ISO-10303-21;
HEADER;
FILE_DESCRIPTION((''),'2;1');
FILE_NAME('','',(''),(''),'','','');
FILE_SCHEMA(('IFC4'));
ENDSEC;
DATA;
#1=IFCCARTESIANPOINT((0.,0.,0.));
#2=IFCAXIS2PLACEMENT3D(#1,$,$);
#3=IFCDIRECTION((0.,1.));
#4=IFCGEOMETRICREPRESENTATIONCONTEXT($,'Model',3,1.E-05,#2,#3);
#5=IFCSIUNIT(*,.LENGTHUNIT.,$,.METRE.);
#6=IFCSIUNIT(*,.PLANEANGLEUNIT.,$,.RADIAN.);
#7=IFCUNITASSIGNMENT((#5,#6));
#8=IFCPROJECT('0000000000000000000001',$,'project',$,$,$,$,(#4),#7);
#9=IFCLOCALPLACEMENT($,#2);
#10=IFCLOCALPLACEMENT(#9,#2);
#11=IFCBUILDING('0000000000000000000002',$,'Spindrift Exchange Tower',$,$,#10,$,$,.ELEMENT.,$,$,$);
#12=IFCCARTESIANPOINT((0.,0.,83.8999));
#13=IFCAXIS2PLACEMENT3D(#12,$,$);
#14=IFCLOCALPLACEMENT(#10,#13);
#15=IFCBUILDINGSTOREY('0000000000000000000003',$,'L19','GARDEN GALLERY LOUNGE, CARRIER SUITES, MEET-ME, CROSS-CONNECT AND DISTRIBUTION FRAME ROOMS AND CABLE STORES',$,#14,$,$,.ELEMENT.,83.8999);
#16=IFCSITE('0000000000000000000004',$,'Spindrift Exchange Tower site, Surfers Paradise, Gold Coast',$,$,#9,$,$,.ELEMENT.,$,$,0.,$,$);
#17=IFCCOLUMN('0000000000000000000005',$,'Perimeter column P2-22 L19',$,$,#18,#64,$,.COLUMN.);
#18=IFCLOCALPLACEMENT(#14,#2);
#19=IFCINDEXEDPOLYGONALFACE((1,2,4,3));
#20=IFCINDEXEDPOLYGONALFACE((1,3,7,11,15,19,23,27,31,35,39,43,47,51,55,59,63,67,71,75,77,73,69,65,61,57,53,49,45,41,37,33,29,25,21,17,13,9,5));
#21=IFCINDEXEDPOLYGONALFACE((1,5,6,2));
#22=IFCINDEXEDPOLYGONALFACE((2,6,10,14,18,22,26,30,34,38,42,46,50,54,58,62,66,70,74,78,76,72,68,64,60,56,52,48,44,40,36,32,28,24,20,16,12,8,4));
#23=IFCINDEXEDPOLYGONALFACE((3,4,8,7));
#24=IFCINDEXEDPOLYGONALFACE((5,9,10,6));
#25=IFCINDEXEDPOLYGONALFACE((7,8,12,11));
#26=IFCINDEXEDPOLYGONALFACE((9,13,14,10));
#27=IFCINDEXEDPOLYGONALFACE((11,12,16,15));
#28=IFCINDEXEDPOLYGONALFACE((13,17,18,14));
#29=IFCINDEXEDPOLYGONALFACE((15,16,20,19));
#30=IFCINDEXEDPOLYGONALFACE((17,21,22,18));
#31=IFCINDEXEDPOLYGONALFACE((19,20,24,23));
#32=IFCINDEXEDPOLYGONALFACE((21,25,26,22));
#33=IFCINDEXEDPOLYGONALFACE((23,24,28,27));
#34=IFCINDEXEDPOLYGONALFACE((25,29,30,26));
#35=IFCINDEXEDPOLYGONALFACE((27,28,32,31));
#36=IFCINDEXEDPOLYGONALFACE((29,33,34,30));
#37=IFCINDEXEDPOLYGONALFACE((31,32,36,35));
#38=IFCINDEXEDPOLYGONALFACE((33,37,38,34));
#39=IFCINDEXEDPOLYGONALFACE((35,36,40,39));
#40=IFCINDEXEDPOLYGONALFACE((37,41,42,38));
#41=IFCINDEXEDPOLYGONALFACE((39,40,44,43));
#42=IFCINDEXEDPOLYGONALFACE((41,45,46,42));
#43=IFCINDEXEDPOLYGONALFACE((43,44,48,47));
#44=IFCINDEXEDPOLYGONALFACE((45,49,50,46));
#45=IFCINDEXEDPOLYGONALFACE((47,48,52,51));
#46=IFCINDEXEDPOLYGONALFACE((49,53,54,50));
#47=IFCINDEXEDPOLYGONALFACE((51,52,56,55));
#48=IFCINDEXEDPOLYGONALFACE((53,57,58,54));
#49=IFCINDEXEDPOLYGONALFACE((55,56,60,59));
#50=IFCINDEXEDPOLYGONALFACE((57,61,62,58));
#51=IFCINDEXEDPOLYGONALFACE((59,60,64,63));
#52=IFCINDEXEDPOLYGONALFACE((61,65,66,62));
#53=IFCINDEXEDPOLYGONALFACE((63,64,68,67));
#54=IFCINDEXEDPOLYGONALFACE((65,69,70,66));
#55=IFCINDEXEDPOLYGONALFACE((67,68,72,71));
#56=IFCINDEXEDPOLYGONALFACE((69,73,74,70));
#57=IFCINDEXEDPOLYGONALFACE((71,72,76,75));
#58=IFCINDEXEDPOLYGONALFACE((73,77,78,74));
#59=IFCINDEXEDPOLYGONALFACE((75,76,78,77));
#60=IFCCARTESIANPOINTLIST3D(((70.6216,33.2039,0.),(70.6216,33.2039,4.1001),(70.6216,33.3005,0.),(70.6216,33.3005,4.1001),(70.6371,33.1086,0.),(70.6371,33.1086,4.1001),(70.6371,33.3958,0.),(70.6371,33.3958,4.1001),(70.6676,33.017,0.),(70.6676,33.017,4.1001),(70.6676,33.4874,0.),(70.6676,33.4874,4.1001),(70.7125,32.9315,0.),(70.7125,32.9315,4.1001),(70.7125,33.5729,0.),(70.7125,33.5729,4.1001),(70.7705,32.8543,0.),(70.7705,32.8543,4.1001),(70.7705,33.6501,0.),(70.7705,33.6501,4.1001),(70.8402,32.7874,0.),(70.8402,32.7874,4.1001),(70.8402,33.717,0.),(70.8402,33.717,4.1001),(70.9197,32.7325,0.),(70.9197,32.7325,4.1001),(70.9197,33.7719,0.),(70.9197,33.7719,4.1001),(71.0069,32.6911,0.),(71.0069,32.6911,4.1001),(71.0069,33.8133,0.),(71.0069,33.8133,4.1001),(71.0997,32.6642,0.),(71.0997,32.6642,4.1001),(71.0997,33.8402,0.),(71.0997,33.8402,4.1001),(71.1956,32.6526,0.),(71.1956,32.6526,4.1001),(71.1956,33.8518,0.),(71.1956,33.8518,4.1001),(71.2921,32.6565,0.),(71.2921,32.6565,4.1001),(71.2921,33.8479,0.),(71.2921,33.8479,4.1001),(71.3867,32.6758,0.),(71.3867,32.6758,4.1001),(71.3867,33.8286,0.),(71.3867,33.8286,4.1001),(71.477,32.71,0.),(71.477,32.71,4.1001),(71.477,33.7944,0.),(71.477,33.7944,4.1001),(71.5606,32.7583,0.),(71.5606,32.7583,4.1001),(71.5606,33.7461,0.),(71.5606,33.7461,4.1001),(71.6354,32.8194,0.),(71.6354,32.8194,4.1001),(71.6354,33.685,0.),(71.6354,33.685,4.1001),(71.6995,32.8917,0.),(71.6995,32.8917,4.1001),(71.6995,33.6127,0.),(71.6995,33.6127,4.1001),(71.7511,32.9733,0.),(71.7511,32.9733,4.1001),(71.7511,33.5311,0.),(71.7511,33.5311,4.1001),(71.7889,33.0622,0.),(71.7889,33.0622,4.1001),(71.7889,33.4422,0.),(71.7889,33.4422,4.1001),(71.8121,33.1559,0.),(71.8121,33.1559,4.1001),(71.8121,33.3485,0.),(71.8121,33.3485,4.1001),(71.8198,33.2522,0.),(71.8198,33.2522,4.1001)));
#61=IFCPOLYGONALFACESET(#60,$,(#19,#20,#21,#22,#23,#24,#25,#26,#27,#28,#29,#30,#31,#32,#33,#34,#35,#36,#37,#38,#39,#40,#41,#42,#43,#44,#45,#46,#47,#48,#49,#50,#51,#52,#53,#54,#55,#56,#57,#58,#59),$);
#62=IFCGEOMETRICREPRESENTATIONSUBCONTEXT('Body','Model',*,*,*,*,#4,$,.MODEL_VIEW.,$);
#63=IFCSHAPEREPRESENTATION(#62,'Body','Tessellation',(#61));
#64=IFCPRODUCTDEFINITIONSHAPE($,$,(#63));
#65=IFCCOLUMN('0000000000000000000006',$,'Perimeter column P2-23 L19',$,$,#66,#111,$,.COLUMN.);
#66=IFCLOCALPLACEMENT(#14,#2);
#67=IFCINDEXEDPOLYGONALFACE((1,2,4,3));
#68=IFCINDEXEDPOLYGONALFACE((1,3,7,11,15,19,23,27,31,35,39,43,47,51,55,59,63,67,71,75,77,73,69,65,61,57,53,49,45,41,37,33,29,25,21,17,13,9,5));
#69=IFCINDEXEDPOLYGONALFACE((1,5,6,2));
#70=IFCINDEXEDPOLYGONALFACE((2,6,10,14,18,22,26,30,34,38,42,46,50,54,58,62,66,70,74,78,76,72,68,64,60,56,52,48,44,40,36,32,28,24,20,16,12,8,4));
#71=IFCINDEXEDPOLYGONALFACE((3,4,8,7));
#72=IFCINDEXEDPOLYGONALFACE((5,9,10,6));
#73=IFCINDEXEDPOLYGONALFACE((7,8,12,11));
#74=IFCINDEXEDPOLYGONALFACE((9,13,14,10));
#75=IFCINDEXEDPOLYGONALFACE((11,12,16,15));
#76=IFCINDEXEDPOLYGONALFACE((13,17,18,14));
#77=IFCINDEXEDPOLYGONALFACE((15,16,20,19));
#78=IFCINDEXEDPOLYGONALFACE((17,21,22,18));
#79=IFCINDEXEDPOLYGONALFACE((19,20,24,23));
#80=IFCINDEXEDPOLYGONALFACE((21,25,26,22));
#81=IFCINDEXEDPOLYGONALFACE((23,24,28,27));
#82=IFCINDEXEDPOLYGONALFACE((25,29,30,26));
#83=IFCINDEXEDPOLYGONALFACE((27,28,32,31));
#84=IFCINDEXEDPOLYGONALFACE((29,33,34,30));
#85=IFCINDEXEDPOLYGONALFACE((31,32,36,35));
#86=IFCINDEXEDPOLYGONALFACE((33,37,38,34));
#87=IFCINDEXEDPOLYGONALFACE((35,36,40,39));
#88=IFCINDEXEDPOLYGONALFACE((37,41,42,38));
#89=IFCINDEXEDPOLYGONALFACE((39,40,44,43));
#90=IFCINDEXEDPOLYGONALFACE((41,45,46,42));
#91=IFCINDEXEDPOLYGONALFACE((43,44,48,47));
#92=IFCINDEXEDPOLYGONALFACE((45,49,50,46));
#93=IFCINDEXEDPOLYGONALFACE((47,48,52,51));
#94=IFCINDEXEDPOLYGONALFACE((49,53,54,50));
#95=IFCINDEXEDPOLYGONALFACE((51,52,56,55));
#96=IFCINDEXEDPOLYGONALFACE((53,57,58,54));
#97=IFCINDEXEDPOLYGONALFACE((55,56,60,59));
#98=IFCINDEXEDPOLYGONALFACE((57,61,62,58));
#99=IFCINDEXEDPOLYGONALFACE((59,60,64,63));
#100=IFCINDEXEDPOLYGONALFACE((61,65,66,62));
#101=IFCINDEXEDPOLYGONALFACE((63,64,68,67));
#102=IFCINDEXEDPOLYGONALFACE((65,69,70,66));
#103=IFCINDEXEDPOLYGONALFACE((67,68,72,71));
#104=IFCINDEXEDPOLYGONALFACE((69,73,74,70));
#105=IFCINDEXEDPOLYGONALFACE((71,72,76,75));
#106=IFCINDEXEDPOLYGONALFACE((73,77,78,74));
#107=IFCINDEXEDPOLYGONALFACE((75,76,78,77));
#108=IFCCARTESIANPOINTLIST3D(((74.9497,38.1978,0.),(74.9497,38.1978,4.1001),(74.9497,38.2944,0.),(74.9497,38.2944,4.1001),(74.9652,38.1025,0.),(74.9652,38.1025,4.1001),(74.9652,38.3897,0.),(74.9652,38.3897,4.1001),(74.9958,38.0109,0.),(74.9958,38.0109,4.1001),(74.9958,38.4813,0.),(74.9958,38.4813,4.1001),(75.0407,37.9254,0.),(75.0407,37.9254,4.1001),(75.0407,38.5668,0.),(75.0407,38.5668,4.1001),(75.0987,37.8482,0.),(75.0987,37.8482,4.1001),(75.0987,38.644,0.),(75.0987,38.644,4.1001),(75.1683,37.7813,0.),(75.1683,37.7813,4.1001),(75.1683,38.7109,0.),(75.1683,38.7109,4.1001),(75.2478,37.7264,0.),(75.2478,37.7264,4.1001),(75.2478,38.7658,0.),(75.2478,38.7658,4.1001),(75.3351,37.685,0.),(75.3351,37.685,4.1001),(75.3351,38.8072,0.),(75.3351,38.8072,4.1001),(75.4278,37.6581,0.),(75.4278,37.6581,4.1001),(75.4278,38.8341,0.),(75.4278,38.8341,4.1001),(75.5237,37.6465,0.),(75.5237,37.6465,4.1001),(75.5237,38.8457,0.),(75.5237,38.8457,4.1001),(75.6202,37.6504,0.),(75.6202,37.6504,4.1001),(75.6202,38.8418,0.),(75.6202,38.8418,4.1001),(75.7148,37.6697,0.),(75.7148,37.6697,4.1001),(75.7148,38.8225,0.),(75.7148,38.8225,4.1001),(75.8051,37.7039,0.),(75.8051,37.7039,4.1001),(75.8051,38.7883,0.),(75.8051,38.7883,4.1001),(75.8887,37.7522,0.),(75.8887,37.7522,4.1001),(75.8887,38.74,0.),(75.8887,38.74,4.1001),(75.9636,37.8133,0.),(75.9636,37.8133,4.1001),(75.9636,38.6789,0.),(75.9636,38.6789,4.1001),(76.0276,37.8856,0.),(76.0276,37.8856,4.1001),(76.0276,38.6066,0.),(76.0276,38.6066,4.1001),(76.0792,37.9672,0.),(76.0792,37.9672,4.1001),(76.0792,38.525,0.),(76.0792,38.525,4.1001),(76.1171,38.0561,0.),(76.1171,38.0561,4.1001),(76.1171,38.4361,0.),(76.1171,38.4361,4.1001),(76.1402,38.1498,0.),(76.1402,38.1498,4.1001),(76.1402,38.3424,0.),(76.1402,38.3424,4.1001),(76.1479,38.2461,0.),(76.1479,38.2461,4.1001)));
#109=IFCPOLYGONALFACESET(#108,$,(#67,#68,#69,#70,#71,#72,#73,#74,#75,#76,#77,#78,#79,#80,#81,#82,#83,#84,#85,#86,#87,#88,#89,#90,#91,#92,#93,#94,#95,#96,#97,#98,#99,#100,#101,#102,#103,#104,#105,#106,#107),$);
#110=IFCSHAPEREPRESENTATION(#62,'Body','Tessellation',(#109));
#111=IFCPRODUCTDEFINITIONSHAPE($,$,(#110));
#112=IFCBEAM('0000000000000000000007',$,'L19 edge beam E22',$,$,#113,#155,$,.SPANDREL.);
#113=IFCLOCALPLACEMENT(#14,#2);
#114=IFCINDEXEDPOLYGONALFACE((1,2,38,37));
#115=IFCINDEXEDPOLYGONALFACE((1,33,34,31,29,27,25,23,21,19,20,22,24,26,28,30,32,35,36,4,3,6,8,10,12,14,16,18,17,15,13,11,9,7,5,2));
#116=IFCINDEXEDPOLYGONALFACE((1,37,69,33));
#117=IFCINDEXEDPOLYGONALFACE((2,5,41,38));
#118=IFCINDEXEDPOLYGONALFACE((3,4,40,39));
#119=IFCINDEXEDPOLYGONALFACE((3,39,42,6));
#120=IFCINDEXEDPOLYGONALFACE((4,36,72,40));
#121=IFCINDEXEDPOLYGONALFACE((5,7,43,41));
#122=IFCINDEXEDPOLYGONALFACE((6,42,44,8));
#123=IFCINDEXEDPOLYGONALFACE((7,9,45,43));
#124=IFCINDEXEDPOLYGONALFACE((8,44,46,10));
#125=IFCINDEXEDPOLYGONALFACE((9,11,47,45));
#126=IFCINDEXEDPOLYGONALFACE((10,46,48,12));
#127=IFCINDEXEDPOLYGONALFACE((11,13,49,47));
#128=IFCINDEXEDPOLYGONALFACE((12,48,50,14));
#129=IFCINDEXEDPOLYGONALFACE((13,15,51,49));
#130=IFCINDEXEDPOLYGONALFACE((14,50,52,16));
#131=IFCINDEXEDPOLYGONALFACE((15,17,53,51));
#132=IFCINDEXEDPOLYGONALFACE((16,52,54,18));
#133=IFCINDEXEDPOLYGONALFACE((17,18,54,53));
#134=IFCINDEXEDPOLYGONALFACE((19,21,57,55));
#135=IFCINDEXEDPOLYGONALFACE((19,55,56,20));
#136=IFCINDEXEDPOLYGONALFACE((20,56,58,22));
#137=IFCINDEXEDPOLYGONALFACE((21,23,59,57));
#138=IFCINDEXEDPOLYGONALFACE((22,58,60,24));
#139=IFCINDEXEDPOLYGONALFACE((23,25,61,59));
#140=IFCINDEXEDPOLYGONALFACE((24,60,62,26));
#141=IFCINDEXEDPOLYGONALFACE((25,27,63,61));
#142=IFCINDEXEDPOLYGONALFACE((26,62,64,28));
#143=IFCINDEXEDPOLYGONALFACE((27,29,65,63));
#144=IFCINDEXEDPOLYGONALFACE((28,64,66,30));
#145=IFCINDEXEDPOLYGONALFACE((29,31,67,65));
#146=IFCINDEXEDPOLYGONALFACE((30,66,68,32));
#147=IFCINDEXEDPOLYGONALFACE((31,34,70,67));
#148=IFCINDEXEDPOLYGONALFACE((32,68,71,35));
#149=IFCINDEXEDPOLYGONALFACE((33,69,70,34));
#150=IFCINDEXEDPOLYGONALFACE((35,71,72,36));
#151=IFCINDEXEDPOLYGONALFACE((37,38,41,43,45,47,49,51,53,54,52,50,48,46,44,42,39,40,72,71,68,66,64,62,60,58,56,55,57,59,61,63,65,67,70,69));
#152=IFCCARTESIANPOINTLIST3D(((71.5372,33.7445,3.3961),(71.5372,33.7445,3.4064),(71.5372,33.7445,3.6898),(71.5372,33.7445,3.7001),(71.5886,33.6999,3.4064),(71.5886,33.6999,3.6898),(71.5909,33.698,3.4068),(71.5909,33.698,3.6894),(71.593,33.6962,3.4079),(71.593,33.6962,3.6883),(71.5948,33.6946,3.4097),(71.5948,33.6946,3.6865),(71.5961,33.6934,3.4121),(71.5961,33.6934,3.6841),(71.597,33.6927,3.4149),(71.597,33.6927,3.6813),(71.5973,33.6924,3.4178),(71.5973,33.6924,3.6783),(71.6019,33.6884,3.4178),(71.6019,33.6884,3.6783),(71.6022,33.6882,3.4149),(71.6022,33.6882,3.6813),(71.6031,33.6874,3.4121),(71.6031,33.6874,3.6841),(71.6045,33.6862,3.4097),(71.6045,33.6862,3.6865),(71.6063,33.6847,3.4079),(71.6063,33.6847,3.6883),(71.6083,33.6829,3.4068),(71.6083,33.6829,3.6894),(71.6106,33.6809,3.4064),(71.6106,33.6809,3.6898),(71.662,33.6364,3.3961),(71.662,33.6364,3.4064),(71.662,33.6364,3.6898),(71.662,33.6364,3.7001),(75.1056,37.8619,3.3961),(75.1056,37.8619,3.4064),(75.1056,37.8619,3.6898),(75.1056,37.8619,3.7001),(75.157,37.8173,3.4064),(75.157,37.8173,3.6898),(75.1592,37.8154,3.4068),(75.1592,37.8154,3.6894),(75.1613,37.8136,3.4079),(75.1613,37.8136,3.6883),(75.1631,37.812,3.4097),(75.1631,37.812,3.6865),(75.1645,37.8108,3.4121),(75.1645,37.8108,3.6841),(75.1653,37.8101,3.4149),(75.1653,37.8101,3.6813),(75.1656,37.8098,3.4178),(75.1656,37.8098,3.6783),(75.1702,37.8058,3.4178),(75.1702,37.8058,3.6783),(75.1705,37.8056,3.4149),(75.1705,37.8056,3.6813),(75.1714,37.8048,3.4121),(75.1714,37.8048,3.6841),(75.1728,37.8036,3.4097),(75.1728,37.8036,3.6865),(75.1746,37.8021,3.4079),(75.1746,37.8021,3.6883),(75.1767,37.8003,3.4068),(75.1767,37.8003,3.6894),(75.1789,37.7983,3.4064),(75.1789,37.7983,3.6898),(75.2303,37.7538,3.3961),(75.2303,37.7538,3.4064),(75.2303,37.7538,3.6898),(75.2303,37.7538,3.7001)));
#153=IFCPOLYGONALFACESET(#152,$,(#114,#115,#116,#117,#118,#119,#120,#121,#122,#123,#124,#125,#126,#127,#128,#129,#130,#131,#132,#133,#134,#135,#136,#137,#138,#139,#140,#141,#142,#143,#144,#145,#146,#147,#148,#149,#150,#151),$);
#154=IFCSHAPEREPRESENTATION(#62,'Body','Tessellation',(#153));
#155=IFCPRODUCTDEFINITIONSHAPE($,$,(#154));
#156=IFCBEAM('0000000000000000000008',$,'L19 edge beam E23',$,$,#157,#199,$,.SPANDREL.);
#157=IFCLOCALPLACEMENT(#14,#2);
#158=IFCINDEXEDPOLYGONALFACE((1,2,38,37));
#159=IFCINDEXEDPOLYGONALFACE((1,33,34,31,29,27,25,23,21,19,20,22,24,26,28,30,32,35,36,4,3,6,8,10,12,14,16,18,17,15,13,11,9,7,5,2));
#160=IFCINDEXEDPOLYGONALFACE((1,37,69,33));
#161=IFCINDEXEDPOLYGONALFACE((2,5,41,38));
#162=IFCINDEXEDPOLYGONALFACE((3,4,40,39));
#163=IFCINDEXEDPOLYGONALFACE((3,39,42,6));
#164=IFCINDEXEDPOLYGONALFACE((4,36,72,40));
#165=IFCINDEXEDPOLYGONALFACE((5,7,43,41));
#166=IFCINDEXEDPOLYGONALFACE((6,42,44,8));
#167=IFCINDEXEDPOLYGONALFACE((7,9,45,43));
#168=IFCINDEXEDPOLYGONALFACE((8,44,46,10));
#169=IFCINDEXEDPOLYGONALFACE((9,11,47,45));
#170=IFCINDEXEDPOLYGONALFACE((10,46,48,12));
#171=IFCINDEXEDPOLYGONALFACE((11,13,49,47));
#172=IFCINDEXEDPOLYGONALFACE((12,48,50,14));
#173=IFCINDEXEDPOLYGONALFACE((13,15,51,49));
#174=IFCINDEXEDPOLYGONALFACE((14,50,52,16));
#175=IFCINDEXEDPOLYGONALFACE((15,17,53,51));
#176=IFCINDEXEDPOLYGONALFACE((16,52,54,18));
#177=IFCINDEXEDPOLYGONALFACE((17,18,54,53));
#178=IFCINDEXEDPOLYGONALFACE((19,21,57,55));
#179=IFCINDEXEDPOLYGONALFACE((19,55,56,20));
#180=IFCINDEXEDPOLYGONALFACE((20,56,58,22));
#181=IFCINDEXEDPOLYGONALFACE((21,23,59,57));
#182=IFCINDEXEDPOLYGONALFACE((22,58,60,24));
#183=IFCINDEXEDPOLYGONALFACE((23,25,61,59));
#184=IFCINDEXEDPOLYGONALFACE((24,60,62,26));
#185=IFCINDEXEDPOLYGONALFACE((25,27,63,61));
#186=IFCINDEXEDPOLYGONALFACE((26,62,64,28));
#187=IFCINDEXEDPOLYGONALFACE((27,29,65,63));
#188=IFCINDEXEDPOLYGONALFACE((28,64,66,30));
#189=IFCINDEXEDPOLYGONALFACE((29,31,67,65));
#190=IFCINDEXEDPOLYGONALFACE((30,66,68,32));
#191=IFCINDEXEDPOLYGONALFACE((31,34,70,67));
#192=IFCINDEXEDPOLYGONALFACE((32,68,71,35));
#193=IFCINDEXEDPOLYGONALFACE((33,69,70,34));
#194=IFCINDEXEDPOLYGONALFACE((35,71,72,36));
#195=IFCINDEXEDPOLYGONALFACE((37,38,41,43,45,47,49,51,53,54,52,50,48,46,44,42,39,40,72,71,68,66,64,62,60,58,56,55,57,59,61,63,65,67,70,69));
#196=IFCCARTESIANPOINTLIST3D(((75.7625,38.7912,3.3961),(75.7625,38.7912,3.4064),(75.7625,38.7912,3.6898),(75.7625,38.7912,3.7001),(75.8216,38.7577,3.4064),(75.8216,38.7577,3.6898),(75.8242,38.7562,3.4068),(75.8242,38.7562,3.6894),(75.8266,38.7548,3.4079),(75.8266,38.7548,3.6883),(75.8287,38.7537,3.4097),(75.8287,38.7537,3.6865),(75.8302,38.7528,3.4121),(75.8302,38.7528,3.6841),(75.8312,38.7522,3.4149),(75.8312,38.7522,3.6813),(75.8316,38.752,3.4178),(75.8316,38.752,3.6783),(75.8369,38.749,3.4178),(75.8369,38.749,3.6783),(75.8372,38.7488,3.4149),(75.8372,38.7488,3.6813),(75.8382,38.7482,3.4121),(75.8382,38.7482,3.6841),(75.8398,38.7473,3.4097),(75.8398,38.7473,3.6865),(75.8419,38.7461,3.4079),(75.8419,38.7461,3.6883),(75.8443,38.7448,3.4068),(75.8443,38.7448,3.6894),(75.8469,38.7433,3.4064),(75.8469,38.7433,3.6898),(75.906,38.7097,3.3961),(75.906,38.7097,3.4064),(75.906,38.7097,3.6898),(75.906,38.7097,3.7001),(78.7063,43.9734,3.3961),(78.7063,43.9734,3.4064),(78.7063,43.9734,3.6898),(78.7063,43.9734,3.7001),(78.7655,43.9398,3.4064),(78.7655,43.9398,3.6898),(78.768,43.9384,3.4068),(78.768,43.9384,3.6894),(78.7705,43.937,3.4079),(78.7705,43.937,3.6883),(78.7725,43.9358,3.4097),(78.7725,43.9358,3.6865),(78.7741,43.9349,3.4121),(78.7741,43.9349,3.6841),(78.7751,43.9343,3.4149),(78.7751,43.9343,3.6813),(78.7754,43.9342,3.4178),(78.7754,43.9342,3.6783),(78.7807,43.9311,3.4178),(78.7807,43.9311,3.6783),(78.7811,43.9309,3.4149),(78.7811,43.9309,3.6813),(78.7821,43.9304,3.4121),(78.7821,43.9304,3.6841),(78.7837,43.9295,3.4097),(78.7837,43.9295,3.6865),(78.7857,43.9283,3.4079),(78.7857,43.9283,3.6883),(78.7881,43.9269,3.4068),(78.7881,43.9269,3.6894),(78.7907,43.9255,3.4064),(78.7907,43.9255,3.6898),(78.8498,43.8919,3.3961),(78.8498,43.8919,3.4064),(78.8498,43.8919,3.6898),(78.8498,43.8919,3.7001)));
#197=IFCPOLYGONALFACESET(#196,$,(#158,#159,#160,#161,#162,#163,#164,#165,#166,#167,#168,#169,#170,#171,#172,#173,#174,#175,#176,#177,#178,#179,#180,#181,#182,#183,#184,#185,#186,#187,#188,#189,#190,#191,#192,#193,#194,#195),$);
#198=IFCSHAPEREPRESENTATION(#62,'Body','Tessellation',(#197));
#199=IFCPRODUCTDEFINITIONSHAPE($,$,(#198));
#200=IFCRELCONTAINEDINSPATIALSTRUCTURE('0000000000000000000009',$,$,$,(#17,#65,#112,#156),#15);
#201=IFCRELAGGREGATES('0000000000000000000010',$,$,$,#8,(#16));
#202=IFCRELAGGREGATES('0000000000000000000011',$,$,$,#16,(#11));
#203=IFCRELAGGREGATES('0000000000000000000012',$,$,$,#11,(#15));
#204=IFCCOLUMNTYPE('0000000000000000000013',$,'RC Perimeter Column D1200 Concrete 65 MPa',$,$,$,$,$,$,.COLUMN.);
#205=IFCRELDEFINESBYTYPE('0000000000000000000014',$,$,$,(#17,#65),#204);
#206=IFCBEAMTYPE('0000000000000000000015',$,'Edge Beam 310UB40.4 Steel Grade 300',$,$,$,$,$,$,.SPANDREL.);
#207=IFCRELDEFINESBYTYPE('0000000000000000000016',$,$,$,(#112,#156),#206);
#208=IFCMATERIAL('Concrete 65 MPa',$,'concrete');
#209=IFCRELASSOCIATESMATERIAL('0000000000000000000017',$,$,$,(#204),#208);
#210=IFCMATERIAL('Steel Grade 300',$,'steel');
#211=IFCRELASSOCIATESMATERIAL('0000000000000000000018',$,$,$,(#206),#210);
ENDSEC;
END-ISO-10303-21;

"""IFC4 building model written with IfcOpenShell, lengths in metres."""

from ifc_helpers import new_model, si_unit, direction, frame, origin, origin_2d, place, context, subcontext, project, spatial, circle, i_section, extrude, source, transform, mapped, material, material_profile, profile_set, type_object, element, save


model = new_model("IFC4")

# Units and contexts
model_context = context("Model", 3, precision=1e-05, world=origin(), true_north=direction((0.0, 1.0)))
body_context = subcontext(model_context, "Body", "Model", "MODEL_VIEW")
ifc_project = project(units=[si_unit("LENGTHUNIT", "METRE"), si_unit("PLANEANGLEUNIT", "RADIAN")], contexts=[model_context])

# Site, building, storey
site_placement = place(None, origin())
site = spatial("IfcSite", under=ifc_project, at=site_placement, Name="Spindrift Exchange Tower site, Surfers Paradise, Gold Coast", CompositionType="ELEMENT", RefElevation=0.0)
building_placement = place(site_placement, origin())
building = spatial("IfcBuilding", under=site, at=building_placement, Name="Spindrift Exchange Tower", CompositionType="ELEMENT")
storey_placement = place(building_placement, frame((0.0, 0.0, 83.8999)))
storey = spatial("IfcBuildingStorey", under=building, at=storey_placement, Name="L19", Description="GARDEN GALLERY LOUNGE, CARRIER SUITES, MEET-ME, CROSS-CONNECT AND DISTRIBUTION FRAME ROOMS AND CABLE STORES", CompositionType="ELEMENT", Elevation=83.8999)

# Columns
ifc_material_1 = material(Name="Concrete 65 MPa", Category="concrete")
ifc_material_profile_1 = material_profile(ifc_material_1, circle(Radius=0.6001, at=origin_2d()), Name="RC D1200")
ifc_profile_set_1 = profile_set([ifc_material_profile_1], Name="Concrete 65 MPa")
column_type = type_object("IfcColumnType", Name="RC Perimeter Column D1200 Concrete 65 MPa", PredefinedType="COLUMN", material=ifc_profile_set_1)
shared_shape_1 = source(origin(), body_context, "Body", "SweptSolid", [
    extrude(circle(Radius=0.6001, at=origin_2d()), origin(), (0.0, 0.0, 1.0), 4.1001),
])
for number, where, z_axis, x_axis, name in (
    (1, (71.2197, 33.2522, 0.0), (0.0, 0.0, 1.0), (1.0, 0.0, 0.0), "Perimeter column P2-22 L19"),
    (2, (75.5479, 38.2461, 0.0), (0.0, 0.0, 1.0), (1.0, 0.0, 0.0), "Perimeter column P2-23 L19"),
):
    element("IfcColumn", number, at=place(storey_placement, frame(where, z_axis=z_axis, x_axis=x_axis)), inside=storey, type_object=column_type, Name=name, PredefinedType="COLUMN", context=body_context, shape_type="MappedRepresentation", body=[
        mapped(shared_shape_1, transform((0.0, 0.0, 0.0), scale=1.0)),
    ])

# Beams
ifc_material_2 = material(Name="Steel Grade 300", Category="steel")
ifc_material_profile_2 = material_profile(ifc_material_2, i_section(OverallWidth=0.165, OverallDepth=0.304, WebThickness=0.0061, FlangeThickness=0.0103, FilletRadius=0.0115, at=origin_2d()), Name="310UB40.4")
ifc_profile_set_2 = profile_set([ifc_material_profile_2], Name="Steel Grade 300")
beam_type_1 = type_object("IfcBeamType", Name="Edge Beam 310UB40.4 Steel Grade 300", PredefinedType="SPANDREL", material=ifc_profile_set_2)
shared_shape_2 = source(origin(), body_context, "Body", "SweptSolid", [
    extrude(i_section(OverallWidth=0.165, OverallDepth=0.304, WebThickness=0.0061, FlangeThickness=0.0103, FilletRadius=0.0115, at=origin_2d()), origin(), (0.0, 0.0, 1.0), 5.4485),
])
beam_1_placement = place(storey_placement, frame((71.5996, 33.6904, 3.5481), z_axis=(0.654922, 0.755696, 0.0), x_axis=(-0.755696, 0.654922, 0.0)))
element("IfcBeam", 3, at=beam_1_placement, inside=storey, type_object=beam_type_1, Name="L19 edge beam E22", PredefinedType="SPANDREL", context=body_context, shape_type="MappedRepresentation", body=[
    mapped(shared_shape_2, transform((0.0, 0.0, 0.0), scale=1.0)),
])
shared_shape_3 = source(origin(), body_context, "Body", "SweptSolid", [
    extrude(i_section(OverallWidth=0.165, OverallDepth=0.304, WebThickness=0.0061, FlangeThickness=0.0103, FilletRadius=0.0115, at=origin_2d()), origin(), (0.0, 0.0, 1.0), 5.96),
])
beam_2_placement = place(storey_placement, frame((75.8342, 38.7505, 3.5481), z_axis=(0.49394, 0.869496, 0.0), x_axis=(-0.869496, 0.49394, 0.0)))
element("IfcBeam", 4, at=beam_2_placement, inside=storey, type_object=beam_type_1, Name="L19 edge beam E23", PredefinedType="SPANDREL", context=body_context, shape_type="MappedRepresentation", body=[
    mapped(shared_shape_3, transform((0.0, 0.0, 0.0), scale=1.0)),
])

save(model, "model.ifc")
